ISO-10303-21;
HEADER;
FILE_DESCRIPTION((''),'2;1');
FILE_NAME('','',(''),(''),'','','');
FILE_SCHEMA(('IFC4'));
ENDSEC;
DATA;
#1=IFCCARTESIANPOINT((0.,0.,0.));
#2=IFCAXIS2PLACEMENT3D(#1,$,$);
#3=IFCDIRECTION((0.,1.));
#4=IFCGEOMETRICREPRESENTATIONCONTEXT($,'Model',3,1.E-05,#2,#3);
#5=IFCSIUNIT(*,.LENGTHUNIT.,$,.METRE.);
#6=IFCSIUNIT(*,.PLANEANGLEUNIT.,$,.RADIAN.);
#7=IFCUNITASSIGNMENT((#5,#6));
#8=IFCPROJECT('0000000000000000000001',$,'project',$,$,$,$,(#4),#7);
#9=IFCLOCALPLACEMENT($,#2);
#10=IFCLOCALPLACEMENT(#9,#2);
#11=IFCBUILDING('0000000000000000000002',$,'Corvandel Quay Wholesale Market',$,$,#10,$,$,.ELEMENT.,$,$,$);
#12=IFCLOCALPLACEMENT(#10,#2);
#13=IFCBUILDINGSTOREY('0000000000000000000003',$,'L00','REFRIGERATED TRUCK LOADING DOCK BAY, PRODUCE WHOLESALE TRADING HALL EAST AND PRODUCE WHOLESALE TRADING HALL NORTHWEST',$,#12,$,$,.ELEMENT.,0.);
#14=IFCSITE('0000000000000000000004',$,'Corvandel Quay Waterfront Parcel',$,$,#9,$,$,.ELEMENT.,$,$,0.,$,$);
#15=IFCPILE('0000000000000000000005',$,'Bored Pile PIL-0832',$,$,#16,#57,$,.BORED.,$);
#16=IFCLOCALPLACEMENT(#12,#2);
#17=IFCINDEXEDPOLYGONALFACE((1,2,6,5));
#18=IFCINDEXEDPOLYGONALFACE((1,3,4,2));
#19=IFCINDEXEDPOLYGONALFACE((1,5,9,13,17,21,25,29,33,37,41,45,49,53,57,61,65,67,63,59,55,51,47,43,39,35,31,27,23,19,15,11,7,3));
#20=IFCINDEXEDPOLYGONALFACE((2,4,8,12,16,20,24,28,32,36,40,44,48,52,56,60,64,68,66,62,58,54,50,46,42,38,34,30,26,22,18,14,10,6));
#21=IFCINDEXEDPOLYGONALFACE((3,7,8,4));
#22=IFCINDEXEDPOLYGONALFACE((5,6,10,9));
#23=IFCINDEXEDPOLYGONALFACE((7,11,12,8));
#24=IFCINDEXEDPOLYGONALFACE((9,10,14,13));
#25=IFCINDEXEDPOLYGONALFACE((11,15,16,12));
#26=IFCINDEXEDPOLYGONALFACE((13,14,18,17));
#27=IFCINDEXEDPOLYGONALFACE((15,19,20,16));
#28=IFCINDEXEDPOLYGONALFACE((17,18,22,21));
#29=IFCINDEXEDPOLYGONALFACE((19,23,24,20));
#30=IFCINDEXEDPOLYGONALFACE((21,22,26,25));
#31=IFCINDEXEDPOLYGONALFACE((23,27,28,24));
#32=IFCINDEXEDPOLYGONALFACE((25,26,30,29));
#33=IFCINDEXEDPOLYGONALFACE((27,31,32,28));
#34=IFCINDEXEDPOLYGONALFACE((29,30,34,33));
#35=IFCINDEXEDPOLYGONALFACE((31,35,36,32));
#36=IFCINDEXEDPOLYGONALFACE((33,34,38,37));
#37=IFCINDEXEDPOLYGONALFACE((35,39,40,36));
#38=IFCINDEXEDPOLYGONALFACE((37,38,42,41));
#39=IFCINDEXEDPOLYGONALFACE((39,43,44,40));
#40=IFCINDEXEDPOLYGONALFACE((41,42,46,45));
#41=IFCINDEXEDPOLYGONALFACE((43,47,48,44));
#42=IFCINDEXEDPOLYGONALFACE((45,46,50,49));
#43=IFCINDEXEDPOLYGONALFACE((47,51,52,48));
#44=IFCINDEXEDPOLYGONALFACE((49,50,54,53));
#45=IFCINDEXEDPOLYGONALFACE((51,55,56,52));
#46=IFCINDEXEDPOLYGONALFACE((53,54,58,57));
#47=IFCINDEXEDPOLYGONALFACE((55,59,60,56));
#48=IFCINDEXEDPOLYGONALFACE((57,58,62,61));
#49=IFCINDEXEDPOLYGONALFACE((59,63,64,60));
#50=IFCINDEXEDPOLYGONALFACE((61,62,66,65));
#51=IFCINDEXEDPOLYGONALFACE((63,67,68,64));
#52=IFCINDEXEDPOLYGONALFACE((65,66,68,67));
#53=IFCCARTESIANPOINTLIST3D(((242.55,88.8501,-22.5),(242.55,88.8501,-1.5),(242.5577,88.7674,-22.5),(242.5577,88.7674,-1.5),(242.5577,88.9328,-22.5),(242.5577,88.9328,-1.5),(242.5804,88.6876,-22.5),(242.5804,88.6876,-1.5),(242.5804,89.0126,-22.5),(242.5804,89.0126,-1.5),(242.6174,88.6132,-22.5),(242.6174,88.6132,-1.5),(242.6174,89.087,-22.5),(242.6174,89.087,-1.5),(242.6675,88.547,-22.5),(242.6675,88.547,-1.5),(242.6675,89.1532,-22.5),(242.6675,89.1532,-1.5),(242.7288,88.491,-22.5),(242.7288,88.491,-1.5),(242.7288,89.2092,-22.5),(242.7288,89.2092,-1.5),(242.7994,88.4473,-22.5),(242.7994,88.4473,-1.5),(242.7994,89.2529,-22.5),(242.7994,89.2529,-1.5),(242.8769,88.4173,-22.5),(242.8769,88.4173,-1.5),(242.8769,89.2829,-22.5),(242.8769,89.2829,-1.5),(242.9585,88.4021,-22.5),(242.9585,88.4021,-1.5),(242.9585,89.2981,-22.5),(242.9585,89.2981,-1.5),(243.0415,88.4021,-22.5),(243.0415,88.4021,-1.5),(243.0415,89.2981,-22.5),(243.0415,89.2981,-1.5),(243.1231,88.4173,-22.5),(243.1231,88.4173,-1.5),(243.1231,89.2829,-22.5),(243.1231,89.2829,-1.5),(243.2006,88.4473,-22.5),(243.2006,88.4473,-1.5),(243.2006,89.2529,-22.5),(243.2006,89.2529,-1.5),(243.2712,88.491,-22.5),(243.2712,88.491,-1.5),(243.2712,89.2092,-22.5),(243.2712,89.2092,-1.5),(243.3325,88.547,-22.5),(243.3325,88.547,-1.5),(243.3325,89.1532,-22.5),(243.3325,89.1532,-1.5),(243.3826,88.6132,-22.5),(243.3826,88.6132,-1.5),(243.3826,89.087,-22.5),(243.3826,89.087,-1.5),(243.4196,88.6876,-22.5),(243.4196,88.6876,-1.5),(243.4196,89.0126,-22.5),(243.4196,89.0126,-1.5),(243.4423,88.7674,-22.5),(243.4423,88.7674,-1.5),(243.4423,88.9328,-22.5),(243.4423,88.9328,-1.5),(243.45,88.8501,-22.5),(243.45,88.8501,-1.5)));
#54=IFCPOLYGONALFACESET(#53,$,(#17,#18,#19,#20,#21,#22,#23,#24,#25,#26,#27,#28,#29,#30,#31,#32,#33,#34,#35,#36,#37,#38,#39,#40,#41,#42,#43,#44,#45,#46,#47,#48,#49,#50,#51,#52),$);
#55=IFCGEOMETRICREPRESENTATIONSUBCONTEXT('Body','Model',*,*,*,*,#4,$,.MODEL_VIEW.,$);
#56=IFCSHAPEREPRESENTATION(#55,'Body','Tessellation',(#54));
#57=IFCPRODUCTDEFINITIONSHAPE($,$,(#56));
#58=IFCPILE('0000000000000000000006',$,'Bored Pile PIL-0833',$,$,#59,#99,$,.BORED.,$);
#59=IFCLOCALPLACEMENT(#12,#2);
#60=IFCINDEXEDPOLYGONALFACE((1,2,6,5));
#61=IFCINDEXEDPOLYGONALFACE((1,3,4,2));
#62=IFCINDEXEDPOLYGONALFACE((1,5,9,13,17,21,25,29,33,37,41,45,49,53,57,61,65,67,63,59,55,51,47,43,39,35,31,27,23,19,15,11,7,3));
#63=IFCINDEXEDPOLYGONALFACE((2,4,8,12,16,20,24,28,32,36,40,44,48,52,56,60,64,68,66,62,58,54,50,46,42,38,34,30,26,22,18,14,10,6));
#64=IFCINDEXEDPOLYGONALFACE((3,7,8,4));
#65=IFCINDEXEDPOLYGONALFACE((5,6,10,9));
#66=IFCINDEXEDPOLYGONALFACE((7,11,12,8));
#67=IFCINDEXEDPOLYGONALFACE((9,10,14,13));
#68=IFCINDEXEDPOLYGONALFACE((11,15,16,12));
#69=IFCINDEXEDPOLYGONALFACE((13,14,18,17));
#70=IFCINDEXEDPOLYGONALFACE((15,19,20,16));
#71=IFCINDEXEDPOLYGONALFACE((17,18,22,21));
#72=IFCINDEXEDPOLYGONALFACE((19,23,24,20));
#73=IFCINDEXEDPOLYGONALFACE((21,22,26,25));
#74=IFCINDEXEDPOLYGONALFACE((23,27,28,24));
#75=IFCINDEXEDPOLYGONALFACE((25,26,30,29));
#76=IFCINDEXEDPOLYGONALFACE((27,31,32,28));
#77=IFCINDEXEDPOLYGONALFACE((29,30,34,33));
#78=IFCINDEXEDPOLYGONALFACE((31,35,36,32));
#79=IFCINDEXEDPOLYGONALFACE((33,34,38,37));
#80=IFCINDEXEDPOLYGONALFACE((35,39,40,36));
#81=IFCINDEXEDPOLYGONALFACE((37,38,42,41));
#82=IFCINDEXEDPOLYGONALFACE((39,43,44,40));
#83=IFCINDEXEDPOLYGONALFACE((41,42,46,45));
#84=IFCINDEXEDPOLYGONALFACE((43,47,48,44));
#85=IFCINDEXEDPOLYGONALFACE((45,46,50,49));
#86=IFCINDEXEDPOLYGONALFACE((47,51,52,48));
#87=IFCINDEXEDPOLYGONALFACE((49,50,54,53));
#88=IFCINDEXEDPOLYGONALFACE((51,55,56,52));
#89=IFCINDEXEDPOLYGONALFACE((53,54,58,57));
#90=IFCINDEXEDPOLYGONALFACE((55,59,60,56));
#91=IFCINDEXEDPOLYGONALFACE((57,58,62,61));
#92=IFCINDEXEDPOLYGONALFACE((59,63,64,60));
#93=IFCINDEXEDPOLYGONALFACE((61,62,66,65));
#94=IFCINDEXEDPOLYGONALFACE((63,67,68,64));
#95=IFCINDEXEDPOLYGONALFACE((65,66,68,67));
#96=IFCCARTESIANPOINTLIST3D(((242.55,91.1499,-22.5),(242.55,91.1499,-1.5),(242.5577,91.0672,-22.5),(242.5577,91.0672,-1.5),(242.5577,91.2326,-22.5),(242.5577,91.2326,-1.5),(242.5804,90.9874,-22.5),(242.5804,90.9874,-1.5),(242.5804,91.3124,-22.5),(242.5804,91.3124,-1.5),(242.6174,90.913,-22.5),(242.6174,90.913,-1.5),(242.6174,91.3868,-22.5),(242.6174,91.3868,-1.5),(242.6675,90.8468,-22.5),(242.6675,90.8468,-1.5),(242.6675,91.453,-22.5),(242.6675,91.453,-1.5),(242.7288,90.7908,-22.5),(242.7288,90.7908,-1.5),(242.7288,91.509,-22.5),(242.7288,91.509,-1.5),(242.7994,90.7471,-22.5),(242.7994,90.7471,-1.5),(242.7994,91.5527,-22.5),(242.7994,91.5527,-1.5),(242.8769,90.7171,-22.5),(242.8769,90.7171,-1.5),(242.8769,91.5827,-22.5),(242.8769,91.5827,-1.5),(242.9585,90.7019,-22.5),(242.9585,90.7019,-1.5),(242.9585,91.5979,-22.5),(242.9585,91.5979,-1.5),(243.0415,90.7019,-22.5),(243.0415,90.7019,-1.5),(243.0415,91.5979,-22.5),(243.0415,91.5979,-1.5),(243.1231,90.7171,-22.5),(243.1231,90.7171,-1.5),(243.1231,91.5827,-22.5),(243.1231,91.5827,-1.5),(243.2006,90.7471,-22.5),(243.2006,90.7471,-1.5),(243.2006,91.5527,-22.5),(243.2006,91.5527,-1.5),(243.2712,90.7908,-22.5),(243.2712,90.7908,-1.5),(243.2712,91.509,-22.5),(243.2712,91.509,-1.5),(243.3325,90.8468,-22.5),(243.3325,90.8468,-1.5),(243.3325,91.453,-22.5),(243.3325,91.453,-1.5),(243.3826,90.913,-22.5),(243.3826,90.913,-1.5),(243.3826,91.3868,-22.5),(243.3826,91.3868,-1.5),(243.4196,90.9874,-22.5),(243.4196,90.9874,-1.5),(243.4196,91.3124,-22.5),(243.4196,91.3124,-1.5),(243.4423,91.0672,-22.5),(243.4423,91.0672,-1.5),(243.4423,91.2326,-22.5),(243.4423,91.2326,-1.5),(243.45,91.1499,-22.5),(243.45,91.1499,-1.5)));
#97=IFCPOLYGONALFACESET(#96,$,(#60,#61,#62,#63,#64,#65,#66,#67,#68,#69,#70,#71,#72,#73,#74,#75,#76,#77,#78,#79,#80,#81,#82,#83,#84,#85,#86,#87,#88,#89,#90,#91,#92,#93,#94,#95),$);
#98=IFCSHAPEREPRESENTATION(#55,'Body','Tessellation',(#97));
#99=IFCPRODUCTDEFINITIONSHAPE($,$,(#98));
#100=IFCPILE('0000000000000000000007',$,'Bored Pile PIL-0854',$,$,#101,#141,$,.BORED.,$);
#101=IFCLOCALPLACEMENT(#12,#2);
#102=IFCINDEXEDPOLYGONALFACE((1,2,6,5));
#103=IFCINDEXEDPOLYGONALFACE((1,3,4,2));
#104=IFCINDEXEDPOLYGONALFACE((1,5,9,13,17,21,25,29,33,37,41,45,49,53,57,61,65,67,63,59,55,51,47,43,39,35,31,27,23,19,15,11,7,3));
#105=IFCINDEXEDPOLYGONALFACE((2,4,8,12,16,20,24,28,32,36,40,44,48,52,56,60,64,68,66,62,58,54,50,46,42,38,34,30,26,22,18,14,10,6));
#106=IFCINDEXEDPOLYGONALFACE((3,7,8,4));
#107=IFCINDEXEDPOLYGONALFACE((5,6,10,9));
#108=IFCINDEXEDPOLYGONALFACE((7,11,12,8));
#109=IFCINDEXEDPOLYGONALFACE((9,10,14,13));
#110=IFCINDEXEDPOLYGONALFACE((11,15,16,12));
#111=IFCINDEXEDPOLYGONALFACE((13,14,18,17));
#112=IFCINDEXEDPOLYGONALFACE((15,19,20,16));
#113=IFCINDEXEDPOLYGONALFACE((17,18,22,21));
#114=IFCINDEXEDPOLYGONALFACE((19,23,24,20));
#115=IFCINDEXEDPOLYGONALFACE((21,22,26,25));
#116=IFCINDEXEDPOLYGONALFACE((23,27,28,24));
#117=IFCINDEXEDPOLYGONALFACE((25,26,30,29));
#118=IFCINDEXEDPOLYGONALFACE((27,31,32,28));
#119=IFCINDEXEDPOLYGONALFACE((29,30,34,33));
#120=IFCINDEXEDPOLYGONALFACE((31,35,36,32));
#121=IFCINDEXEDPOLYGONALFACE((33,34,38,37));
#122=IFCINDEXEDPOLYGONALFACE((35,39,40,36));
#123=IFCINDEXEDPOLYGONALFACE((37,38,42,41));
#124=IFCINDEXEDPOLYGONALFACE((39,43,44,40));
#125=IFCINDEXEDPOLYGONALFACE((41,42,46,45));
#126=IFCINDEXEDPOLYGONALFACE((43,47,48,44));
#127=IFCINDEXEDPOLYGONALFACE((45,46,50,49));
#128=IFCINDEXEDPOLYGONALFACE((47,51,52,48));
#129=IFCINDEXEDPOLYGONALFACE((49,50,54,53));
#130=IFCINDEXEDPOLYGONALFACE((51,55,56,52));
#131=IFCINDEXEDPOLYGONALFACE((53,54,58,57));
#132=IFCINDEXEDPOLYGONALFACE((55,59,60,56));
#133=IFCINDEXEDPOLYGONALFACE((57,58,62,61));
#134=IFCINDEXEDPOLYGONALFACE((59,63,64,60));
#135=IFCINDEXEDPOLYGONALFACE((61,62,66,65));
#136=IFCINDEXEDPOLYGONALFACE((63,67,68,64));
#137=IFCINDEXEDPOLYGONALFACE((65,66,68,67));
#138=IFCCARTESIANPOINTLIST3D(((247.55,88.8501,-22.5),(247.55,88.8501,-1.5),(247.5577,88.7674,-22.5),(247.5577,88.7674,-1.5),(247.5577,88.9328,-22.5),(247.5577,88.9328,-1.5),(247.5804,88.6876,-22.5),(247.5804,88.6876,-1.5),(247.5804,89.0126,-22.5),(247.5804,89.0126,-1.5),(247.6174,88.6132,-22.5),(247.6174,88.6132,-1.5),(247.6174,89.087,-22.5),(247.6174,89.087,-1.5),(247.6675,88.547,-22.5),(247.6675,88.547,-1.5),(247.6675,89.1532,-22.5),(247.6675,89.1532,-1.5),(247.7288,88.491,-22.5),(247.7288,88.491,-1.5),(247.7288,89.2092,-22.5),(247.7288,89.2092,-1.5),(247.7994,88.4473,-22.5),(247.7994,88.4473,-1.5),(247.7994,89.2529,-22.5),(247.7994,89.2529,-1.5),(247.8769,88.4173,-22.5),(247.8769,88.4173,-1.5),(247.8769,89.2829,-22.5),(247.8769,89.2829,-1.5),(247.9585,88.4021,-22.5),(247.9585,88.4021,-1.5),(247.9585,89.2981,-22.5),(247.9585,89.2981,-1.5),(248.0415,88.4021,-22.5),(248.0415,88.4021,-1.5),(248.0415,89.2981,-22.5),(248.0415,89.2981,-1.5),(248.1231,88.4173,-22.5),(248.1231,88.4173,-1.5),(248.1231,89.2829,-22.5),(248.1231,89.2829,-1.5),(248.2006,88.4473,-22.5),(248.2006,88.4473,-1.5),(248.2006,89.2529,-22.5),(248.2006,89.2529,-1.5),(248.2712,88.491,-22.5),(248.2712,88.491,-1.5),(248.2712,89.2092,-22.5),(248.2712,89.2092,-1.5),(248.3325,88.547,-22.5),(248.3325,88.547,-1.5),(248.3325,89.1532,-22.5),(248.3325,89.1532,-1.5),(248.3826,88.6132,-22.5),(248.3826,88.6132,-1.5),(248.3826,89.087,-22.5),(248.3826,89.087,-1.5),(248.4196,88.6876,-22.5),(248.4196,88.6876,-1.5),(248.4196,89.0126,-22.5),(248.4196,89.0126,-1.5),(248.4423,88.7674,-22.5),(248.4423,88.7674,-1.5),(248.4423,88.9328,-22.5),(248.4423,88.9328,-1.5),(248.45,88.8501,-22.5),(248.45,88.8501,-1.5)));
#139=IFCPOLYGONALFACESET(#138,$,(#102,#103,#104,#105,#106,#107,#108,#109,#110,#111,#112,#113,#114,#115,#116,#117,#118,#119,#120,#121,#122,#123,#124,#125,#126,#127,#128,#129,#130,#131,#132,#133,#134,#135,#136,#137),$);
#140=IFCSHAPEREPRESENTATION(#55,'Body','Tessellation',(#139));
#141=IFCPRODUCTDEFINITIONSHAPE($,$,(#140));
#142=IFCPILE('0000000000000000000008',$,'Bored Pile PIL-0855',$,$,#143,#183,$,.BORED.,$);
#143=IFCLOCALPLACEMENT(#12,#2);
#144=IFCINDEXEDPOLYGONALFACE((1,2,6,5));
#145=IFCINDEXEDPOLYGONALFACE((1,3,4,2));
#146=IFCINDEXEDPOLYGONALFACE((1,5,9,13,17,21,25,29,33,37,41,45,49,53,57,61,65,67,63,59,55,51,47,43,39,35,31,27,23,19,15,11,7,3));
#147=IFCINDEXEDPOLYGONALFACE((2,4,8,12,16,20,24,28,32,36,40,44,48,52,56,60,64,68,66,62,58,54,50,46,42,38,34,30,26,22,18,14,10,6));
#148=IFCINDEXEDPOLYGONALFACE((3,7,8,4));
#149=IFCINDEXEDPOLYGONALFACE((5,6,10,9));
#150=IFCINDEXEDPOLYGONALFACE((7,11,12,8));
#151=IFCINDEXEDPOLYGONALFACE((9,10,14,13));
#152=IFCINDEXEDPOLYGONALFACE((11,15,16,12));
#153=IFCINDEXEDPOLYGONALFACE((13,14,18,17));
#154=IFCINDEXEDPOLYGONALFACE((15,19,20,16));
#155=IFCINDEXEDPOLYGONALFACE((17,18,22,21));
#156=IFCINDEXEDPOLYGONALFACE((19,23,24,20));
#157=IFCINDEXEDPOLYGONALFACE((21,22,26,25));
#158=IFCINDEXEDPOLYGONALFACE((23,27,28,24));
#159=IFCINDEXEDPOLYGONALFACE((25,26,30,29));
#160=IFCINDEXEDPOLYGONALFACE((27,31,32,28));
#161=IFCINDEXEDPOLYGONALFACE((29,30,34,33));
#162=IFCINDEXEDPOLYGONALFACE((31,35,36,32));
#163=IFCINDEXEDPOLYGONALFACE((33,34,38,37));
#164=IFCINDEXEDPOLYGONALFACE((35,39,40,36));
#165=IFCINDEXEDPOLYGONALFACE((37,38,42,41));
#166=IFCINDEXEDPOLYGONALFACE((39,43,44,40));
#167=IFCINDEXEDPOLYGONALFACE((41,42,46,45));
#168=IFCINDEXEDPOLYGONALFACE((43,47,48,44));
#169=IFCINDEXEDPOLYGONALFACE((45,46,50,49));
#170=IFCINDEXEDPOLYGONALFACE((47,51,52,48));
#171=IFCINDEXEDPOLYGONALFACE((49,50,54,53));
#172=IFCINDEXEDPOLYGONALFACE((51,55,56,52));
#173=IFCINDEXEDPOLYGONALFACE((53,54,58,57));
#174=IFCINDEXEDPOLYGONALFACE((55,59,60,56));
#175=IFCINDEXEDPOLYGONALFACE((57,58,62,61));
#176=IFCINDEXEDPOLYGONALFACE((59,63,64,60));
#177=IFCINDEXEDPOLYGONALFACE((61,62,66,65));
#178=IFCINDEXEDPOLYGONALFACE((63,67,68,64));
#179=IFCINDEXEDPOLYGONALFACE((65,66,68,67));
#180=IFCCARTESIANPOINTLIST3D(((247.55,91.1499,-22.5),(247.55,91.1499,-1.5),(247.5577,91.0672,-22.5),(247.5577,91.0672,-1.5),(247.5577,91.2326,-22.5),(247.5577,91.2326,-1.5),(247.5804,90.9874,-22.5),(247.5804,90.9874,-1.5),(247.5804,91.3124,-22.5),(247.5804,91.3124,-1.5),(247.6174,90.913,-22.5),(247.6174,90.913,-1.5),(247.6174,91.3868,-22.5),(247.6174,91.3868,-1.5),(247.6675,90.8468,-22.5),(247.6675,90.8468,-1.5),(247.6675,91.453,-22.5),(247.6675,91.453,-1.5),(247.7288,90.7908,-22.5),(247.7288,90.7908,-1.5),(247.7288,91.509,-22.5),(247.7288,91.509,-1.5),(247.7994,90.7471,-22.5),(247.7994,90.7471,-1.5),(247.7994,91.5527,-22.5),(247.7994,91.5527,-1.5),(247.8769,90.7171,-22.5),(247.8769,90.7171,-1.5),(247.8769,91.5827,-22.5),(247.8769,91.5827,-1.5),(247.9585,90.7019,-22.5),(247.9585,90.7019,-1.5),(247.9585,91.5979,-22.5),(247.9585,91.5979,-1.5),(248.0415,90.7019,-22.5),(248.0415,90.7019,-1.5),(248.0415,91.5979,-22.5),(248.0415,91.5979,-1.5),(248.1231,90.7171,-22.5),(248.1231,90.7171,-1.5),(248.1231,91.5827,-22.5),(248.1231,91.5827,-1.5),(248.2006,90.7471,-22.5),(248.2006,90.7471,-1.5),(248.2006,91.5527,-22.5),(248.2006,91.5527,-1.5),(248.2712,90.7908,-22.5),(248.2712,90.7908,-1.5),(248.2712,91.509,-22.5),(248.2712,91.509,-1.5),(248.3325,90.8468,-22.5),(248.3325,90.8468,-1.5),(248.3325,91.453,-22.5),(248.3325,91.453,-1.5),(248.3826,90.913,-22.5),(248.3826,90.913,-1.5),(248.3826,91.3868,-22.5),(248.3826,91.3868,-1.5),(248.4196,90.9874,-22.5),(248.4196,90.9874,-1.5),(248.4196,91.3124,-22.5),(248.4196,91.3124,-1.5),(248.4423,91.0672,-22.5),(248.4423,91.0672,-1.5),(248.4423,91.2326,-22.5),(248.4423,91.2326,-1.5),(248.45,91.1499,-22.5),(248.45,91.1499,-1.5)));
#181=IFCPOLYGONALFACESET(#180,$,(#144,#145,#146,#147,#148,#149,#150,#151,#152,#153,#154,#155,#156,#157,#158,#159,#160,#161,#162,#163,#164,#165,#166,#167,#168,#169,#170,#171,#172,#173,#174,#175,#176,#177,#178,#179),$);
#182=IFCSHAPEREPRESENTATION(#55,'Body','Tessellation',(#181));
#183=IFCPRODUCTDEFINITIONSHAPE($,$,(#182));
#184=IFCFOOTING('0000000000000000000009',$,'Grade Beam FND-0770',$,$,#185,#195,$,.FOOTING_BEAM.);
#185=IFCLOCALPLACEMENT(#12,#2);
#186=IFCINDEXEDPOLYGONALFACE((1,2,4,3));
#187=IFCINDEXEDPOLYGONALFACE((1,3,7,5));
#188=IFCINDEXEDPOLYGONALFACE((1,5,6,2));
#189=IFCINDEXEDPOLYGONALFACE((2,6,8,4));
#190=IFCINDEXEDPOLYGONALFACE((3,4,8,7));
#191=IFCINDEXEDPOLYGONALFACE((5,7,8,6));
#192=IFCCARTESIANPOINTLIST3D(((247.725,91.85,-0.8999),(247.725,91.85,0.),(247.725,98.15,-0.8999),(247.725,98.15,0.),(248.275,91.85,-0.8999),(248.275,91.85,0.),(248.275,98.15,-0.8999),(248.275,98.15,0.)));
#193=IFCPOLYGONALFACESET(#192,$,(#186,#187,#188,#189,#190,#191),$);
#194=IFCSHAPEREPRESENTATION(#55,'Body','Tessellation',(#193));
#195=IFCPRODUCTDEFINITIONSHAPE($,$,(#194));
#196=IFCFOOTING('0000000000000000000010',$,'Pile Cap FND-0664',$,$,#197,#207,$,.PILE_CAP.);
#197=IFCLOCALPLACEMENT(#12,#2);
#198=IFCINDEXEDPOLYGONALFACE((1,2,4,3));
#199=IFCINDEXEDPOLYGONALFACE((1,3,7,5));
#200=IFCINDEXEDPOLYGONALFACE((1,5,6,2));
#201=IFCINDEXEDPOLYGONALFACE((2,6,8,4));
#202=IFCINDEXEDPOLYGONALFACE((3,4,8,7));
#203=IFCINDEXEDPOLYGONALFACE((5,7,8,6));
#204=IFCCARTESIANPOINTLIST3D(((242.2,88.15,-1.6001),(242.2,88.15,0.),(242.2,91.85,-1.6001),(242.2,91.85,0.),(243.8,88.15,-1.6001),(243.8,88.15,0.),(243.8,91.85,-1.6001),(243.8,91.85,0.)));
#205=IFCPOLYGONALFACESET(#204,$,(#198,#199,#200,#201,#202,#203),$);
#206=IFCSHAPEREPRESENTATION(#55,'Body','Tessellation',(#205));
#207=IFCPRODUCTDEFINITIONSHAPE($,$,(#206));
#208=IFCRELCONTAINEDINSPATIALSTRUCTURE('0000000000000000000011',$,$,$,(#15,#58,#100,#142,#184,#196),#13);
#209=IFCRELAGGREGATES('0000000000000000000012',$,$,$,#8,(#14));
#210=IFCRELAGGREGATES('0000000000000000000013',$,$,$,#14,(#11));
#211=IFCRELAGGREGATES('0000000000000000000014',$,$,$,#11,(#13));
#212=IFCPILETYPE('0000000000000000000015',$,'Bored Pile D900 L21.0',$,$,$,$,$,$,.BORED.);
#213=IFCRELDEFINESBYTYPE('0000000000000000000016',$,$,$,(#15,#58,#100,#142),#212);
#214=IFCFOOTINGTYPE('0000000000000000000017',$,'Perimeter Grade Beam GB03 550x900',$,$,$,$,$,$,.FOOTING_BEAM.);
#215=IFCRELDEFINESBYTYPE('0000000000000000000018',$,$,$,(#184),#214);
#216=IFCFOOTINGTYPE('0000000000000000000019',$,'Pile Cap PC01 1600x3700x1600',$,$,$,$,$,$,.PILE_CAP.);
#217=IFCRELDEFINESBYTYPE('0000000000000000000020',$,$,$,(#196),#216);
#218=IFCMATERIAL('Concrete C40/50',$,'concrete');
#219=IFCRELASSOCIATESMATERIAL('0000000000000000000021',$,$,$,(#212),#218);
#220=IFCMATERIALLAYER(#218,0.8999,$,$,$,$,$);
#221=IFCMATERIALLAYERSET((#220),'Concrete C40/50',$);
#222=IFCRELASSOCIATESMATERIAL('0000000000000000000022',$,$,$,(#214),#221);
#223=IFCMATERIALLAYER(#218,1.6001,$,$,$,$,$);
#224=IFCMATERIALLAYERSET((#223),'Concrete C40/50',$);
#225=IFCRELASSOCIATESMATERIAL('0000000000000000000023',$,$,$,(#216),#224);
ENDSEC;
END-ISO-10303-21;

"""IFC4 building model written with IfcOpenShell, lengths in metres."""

from ifc_helpers import new_model, si_unit, direction, frame, origin, origin_2d, place, context, subcontext, project, spatial, rectangle, circle, extrude, material, layer, layer_set, material_profile, profile_set, type_object, element, save


model = new_model("IFC4")

# Units and contexts
model_context = context("Model", 3, precision=1e-05, world=origin(), true_north=direction((0.0, 1.0)))
body_context = subcontext(model_context, "Body", "Model", "MODEL_VIEW")
ifc_project = project(units=[si_unit("LENGTHUNIT", "METRE"), si_unit("PLANEANGLEUNIT", "RADIAN")], contexts=[model_context])

# Site, building, storey
site_placement = place(None, origin())
site = spatial("IfcSite", under=ifc_project, at=site_placement, Name="Corvandel Quay Waterfront Parcel", CompositionType="ELEMENT", RefElevation=0.0)
building_placement = place(site_placement, origin())
building = spatial("IfcBuilding", under=site, at=building_placement, Name="Corvandel Quay Wholesale Market", CompositionType="ELEMENT")
storey_placement = place(building_placement, origin())
storey = spatial("IfcBuildingStorey", under=building, at=storey_placement, Name="L00", Description="REFRIGERATED TRUCK LOADING DOCK BAY, PRODUCE WHOLESALE TRADING HALL EAST AND PRODUCE WHOLESALE TRADING HALL NORTHWEST", CompositionType="ELEMENT", Elevation=0.0)

# Piles
ifc_material_1 = material(Name="Concrete C40/50", Category="concrete")
ifc_material_profile_1 = material_profile(ifc_material_1, circle(Radius=0.45, at=origin_2d()), Name="RC-PILE-D900")
ifc_profile_set_1 = profile_set([ifc_material_profile_1], Name="Concrete C40/50")
pile_type = type_object("IfcPileType", Name="Bored Pile D900 L21.0", PredefinedType="BORED", material=ifc_profile_set_1)
for number, where, z_axis, x_axis, name in (
    (1, (243.0, 88.8501, -1.5), (0.0, 0.0, -1.0), (1.0, 0.0, 0.0), "Bored Pile PIL-0832"),
    (2, (243.0, 91.1499, -1.5), (0.0, 0.0, -1.0), (1.0, 0.0, 0.0), "Bored Pile PIL-0833"),
    (3, (248.0, 88.8501, -1.5), (0.0, 0.0, -1.0), (1.0, 0.0, 0.0), "Bored Pile PIL-0854"),
    (4, (248.0, 91.1499, -1.5), (0.0, 0.0, -1.0), (1.0, 0.0, 0.0), "Bored Pile PIL-0855"),
):
    element("IfcPile", number, at=place(storey_placement, frame(where, z_axis=z_axis, x_axis=x_axis)), inside=storey, type_object=pile_type, Name=name, PredefinedType="BORED", context=body_context, shape_type="SweptSolid", body=[
        extrude(circle(Radius=0.45, at=origin_2d()), origin(), (0.0, 0.0, 1.0), 21.0),
    ])

# Footings
ifc_layer_1 = layer(ifc_material_1, 0.8999)
ifc_layer_set_1 = layer_set([ifc_layer_1], Name="Concrete C40/50")
footing_type_1 = type_object("IfcFootingType", Name="Perimeter Grade Beam GB03 550x900", PredefinedType="FOOTING_BEAM", material=ifc_layer_set_1)
footing_1_placement = place(storey_placement, frame((248.0, 95.0, -0.8999), z_axis=(0.0, 0.0, 1.0), x_axis=(0.0, 1.0, 0.0)))
element("IfcFooting", 5, at=footing_1_placement, inside=storey, type_object=footing_type_1, Name="Grade Beam FND-0770", PredefinedType="FOOTING_BEAM", context=body_context, shape_type="SweptSolid", body=[
    extrude(rectangle(XDim=6.3, YDim=0.55, at=origin_2d()), origin(), (0.0, 0.0, 1.0), 0.8999),
])
ifc_layer_2 = layer(ifc_material_1, 1.6001)
ifc_layer_set_2 = layer_set([ifc_layer_2], Name="Concrete C40/50")
footing_type_2 = type_object("IfcFootingType", Name="Pile Cap PC01 1600x3700x1600", PredefinedType="PILE_CAP", material=ifc_layer_set_2)
for number, where, z_axis, x_axis, name in (
    (6, (243.0, 90.0, -1.6001), (0.0, 0.0, 1.0), (1.0, 0.0, 0.0), "Pile Cap FND-0664"),
):
    element("IfcFooting", number, at=place(storey_placement, frame(where, z_axis=z_axis, x_axis=x_axis)), inside=storey, type_object=footing_type_2, Name=name, PredefinedType="PILE_CAP", context=body_context, shape_type="SweptSolid", body=[
        extrude(rectangle(XDim=1.6001, YDim=3.7, at=origin_2d()), origin(), (0.0, 0.0, 1.0), 1.6001),
    ])

save(model, "model.ifc")
